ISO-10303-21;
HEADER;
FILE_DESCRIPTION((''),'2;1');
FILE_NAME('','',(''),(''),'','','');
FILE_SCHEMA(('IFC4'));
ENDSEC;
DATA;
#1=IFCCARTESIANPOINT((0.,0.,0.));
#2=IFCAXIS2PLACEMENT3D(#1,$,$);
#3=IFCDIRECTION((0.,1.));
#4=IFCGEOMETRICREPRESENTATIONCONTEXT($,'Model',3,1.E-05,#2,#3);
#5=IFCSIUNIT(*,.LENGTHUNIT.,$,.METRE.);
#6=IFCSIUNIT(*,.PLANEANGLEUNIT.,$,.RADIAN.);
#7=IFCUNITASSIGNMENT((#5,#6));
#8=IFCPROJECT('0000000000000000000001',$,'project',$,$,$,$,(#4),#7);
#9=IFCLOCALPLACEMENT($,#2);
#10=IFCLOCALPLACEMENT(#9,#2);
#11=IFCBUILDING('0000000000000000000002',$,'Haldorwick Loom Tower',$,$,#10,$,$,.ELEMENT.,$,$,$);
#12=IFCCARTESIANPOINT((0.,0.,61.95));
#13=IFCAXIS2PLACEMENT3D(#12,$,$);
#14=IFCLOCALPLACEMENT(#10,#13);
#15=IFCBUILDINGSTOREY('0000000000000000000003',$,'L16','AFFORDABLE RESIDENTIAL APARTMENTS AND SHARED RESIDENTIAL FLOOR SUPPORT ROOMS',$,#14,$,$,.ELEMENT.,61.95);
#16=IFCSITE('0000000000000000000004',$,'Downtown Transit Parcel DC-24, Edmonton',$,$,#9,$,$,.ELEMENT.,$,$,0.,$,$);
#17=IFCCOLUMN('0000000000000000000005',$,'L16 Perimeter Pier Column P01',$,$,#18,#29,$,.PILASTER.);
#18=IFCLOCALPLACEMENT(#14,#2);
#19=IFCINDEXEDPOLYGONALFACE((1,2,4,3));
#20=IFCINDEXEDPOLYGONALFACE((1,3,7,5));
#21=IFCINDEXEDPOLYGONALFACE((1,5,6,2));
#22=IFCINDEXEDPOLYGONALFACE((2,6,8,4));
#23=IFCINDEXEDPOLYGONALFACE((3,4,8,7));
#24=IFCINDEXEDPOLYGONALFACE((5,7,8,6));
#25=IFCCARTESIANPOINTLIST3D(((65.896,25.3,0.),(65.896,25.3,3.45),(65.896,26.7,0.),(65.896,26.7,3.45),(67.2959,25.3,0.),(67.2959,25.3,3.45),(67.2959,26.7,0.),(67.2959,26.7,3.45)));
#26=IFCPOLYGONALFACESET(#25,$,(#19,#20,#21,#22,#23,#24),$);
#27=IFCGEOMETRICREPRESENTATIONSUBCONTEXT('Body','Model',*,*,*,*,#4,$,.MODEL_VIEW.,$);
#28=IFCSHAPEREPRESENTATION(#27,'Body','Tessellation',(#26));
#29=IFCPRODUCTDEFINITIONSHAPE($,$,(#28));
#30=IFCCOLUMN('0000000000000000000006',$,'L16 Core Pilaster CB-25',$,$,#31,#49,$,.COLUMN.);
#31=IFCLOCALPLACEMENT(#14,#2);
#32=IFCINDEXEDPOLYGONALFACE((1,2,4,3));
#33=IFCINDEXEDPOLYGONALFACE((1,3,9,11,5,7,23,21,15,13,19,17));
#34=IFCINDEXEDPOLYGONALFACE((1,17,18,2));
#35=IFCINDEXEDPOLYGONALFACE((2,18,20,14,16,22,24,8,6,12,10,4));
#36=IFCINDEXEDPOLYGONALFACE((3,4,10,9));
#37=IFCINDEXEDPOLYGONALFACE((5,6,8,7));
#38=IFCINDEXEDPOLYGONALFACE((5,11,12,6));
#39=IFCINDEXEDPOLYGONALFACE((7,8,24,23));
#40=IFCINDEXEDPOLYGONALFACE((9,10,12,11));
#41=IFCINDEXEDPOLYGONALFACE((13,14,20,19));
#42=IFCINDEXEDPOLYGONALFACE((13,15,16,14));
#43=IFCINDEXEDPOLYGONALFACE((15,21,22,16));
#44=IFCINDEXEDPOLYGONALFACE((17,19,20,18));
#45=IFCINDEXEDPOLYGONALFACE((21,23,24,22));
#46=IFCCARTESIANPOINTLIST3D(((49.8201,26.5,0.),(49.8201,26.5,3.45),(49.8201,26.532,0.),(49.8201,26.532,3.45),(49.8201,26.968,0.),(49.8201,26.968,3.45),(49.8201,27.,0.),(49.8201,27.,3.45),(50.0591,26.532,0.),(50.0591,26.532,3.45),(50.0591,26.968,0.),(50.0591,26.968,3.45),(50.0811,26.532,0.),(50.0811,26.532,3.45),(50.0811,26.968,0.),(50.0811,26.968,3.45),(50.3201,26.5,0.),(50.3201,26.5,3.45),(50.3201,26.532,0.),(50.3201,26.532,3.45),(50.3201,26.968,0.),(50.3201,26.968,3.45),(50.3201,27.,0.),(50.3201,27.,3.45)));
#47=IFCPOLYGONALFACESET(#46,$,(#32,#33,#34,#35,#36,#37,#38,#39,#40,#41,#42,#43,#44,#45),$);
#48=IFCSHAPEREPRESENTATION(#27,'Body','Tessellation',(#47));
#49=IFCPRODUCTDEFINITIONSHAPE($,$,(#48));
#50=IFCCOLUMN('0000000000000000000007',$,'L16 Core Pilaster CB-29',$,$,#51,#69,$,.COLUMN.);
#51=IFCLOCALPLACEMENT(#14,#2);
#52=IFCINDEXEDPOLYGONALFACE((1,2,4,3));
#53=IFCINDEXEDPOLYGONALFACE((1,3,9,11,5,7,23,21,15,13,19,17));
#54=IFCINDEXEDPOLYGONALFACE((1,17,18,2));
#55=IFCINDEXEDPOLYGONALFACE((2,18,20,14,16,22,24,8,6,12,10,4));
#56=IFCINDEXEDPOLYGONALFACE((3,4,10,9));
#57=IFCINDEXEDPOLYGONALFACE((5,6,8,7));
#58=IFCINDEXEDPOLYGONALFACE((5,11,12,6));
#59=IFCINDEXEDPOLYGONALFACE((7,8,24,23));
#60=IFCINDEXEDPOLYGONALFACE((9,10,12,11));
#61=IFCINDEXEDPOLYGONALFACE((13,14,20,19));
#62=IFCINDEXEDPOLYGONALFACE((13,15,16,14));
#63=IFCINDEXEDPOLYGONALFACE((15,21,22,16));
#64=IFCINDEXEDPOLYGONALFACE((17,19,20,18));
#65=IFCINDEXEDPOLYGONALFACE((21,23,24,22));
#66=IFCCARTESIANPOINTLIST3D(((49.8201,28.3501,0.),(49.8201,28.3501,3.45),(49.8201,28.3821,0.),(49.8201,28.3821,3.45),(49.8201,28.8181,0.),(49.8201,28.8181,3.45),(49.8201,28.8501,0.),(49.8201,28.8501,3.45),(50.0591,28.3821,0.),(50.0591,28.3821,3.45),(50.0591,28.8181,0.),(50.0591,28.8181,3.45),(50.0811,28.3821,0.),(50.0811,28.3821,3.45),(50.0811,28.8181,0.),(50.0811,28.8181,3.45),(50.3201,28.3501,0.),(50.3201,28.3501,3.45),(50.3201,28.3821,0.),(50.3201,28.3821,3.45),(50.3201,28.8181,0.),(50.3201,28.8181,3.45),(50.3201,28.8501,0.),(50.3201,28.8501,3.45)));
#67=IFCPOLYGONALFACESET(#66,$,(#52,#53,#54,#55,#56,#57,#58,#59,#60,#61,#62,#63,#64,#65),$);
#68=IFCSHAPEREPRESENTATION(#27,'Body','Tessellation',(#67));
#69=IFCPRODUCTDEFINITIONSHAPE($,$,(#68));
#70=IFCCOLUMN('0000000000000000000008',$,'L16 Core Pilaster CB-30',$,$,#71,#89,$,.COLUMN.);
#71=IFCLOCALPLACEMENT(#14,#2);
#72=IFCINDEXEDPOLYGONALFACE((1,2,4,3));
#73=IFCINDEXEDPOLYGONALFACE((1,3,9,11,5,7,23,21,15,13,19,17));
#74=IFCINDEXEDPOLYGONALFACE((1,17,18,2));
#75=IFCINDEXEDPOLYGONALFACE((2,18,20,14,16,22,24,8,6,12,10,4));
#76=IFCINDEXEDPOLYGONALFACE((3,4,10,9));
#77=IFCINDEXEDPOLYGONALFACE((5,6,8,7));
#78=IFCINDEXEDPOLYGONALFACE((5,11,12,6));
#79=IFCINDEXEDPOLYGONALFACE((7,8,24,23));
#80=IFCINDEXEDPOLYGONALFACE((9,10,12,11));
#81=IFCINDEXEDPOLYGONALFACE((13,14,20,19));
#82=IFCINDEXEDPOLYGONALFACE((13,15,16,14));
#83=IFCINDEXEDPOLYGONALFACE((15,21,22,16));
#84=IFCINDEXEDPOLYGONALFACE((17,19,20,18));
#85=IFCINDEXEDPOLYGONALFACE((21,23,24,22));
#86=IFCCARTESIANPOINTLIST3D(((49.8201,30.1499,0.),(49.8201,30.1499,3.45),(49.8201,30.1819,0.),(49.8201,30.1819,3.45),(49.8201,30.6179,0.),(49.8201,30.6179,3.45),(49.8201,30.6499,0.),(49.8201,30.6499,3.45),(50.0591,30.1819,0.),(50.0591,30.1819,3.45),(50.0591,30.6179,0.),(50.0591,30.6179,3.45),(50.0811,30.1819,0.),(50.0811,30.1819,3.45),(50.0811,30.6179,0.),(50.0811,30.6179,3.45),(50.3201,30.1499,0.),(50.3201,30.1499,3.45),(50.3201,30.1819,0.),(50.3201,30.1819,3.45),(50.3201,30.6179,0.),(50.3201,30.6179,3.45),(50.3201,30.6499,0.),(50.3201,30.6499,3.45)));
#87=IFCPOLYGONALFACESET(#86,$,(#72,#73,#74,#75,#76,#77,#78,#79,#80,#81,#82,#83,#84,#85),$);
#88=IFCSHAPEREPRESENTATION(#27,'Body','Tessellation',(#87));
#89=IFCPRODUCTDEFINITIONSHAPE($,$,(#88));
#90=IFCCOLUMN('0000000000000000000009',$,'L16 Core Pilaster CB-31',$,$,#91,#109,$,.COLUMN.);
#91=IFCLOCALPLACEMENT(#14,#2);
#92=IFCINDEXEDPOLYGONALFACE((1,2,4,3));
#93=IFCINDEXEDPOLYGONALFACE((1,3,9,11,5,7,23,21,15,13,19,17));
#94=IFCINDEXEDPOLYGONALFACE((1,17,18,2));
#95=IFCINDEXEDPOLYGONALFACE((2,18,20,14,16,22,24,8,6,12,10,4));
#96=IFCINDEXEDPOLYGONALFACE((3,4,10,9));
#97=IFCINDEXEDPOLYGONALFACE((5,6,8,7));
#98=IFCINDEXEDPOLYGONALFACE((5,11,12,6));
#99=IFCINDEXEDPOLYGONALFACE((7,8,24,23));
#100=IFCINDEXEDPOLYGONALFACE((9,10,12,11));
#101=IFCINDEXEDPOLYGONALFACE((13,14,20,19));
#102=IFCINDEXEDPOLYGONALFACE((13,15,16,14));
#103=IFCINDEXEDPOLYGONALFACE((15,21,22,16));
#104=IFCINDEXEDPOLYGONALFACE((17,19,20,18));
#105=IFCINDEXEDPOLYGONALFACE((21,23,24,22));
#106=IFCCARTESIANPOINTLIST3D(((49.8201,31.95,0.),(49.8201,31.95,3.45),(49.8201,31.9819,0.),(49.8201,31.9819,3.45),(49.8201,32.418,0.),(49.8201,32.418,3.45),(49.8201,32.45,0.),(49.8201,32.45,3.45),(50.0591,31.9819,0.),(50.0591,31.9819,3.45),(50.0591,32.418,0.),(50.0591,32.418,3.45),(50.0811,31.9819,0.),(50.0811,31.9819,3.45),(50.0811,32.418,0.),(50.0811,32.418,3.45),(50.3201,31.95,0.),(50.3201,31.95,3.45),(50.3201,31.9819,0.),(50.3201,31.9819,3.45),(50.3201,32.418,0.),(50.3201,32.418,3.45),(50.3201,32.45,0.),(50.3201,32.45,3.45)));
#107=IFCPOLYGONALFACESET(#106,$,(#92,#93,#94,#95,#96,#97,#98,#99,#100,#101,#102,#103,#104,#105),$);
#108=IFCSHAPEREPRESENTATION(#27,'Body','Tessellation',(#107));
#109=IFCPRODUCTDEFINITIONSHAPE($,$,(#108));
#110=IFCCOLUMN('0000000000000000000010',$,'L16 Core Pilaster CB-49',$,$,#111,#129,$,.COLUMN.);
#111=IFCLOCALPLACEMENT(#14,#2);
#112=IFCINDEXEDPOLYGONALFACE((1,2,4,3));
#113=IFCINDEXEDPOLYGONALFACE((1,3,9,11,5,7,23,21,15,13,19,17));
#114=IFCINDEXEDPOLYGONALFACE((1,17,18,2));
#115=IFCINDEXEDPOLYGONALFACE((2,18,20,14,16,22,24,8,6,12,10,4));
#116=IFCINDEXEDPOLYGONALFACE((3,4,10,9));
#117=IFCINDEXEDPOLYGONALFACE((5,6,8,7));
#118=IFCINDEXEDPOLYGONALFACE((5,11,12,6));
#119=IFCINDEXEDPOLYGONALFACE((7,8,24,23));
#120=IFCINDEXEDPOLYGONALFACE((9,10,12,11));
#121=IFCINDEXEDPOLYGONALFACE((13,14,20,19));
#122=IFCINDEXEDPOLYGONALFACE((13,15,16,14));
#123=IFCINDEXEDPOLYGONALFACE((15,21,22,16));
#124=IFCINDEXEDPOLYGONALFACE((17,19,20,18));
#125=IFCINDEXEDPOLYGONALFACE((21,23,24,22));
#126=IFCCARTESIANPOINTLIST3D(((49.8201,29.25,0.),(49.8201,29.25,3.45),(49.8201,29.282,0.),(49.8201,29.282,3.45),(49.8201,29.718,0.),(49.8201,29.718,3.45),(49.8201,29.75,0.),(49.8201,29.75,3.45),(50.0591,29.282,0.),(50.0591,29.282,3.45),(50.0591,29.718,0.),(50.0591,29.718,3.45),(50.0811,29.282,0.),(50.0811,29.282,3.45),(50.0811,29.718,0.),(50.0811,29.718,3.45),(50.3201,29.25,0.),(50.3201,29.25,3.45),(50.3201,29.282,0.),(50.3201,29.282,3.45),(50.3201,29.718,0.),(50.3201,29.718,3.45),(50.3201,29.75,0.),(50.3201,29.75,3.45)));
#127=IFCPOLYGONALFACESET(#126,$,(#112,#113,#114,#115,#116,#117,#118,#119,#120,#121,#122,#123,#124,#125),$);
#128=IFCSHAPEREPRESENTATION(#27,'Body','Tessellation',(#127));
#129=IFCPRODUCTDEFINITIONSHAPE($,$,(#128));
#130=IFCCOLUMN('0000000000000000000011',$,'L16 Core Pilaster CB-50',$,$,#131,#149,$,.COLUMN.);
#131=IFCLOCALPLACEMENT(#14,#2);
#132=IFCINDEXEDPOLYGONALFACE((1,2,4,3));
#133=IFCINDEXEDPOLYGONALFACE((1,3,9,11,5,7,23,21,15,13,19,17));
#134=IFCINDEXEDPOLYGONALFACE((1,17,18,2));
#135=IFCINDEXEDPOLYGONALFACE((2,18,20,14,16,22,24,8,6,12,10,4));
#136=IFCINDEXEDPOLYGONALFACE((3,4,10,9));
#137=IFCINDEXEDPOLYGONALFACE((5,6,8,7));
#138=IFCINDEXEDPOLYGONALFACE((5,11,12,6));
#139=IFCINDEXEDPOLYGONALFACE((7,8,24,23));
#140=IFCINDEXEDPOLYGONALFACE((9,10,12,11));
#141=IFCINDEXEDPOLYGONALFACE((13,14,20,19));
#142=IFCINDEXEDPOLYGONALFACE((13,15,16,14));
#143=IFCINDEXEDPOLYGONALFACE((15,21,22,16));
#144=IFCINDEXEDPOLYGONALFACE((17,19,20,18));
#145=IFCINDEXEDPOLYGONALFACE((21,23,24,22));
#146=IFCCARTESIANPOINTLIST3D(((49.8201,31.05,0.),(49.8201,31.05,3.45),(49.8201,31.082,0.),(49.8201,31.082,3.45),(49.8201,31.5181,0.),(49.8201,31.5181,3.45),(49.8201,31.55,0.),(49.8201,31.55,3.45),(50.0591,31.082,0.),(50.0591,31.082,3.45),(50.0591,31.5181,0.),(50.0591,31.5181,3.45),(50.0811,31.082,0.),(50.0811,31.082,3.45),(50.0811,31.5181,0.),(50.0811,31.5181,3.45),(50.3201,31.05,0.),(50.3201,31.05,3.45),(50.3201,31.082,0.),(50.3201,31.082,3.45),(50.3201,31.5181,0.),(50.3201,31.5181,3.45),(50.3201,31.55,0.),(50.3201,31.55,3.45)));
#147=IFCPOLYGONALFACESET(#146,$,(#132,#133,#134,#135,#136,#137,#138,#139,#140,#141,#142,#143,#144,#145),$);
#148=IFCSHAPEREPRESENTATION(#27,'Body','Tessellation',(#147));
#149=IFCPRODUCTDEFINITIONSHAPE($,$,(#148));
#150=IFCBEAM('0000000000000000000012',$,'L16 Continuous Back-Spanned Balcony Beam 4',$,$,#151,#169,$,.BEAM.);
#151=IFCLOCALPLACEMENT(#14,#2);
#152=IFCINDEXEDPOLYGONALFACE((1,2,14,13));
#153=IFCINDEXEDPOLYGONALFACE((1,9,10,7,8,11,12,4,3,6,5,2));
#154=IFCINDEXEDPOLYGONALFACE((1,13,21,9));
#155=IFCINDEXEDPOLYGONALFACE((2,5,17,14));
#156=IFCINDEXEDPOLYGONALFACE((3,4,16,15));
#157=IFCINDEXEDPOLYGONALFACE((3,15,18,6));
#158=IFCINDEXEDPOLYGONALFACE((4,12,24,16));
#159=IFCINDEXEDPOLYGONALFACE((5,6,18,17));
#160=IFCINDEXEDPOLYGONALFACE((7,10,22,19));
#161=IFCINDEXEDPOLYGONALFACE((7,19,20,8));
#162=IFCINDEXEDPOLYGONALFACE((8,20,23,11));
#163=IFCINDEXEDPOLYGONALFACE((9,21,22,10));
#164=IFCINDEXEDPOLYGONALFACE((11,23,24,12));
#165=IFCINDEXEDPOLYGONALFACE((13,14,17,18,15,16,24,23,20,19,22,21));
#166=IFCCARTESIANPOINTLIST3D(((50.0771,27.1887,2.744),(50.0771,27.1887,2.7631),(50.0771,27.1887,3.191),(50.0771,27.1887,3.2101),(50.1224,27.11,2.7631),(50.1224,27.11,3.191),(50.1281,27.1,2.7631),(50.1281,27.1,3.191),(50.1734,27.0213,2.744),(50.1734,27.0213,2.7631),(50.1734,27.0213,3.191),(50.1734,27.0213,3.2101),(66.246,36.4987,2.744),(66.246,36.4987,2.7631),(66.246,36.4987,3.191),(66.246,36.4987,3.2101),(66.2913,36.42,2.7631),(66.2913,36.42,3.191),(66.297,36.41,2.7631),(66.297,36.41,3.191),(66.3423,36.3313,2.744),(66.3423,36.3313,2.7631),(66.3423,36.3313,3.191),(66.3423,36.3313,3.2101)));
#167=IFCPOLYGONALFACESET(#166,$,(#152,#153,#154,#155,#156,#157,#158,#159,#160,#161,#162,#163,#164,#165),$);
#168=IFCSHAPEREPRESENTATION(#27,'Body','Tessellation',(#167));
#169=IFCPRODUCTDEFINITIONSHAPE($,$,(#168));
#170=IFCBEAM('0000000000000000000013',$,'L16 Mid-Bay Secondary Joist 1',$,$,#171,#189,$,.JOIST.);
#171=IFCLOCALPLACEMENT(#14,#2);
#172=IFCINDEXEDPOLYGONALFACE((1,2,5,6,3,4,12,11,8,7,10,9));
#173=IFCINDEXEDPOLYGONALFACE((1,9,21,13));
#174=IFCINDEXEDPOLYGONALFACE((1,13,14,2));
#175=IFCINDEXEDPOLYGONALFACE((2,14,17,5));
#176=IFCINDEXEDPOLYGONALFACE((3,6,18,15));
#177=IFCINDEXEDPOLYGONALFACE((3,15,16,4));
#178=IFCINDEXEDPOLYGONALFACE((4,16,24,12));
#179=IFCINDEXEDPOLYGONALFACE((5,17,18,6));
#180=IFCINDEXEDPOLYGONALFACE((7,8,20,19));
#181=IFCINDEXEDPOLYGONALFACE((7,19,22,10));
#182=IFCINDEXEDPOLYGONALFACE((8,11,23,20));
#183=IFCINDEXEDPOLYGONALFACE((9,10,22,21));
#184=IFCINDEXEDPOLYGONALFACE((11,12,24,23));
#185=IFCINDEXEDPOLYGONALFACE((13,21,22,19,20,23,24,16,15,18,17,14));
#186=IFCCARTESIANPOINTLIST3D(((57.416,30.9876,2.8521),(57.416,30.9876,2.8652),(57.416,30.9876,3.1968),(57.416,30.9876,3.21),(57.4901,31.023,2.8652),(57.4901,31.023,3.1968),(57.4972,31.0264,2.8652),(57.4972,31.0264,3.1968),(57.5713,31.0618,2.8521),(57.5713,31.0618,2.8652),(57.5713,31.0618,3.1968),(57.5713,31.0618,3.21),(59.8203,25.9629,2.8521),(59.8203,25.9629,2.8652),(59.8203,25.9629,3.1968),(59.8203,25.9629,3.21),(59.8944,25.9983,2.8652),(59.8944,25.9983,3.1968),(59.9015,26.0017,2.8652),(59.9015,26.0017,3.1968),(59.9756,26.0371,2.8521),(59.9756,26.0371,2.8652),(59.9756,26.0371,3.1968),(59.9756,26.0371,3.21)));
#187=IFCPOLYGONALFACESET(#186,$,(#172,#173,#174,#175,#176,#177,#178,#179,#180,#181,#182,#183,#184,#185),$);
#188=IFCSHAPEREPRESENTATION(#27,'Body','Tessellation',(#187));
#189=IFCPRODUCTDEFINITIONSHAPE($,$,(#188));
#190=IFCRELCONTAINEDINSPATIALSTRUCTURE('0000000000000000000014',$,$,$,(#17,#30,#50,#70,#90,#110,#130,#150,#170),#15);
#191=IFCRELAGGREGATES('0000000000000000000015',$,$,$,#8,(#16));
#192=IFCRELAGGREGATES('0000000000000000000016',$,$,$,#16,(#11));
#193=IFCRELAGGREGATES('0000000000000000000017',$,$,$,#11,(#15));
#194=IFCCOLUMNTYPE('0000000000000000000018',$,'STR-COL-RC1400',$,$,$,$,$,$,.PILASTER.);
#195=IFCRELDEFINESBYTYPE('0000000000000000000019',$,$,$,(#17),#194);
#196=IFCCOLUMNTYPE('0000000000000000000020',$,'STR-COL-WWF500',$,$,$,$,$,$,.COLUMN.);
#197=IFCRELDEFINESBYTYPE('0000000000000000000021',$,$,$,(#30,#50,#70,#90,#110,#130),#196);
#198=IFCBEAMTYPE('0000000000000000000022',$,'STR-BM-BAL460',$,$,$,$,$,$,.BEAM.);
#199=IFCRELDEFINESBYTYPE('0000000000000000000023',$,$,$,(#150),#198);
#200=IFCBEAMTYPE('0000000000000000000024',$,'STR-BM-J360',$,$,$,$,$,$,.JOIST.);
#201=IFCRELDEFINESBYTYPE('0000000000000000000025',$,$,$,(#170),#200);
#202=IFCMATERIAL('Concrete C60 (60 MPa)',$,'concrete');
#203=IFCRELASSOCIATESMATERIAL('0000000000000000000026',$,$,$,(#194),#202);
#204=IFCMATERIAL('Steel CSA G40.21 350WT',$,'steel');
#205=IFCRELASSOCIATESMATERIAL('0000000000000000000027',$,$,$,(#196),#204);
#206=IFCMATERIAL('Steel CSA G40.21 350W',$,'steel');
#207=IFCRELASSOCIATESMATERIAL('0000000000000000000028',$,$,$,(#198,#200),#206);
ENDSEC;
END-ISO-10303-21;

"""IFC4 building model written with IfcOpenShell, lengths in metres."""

from ifc_helpers import new_model, si_unit, direction, frame, origin, origin_2d, place, context, subcontext, project, spatial, rectangle, i_section, extrude, material, material_profile, profile_set, type_object, element, save


model = new_model("IFC4")

# Units and contexts
model_context = context("Model", 3, precision=1e-05, world=origin(), true_north=direction((0.0, 1.0)))
body_context = subcontext(model_context, "Body", "Model", "MODEL_VIEW")
ifc_project = project(units=[si_unit("LENGTHUNIT", "METRE"), si_unit("PLANEANGLEUNIT", "RADIAN")], contexts=[model_context])

# Site, building, storey
site_placement = place(None, origin())
site = spatial("IfcSite", under=ifc_project, at=site_placement, Name="Downtown Transit Parcel DC-24, Edmonton", CompositionType="ELEMENT", RefElevation=0.0)
building_placement = place(site_placement, origin())
building = spatial("IfcBuilding", under=site, at=building_placement, Name="Haldorwick Loom Tower", CompositionType="ELEMENT")
storey_placement = place(building_placement, frame((0.0, 0.0, 61.95)))
storey = spatial("IfcBuildingStorey", under=building, at=storey_placement, Name="L16", Description="AFFORDABLE RESIDENTIAL APARTMENTS AND SHARED RESIDENTIAL FLOOR SUPPORT ROOMS", CompositionType="ELEMENT", Elevation=61.95)

# Columns
ifc_material_1 = material(Name="Concrete C60 (60 MPa)", Category="concrete")
ifc_material_profile_1 = material_profile(ifc_material_1, rectangle(XDim=1.3999, YDim=1.3999, at=origin_2d()), Name="RC1400X1400", Category="concrete")
ifc_profile_set_1 = profile_set([ifc_material_profile_1], Name="Concrete C60 (60 MPa)")
column_type_1 = type_object("IfcColumnType", Name="STR-COL-RC1400", PredefinedType="PILASTER", material=ifc_profile_set_1)
column_placement = place(storey_placement, frame((66.5959, 26.0, 0.0), z_axis=(0.0, 0.0, 1.0), x_axis=(1.0, 0.0, 0.0)))
element("IfcColumn", 1, at=column_placement, inside=storey, type_object=column_type_1, Name="L16 Perimeter Pier Column P01", PredefinedType="PILASTER", context=body_context, shape_type="SweptSolid", body=[
    extrude(rectangle(XDim=1.3999, YDim=1.3999, at=origin_2d()), origin(), (0.0, 0.0, 1.0), 3.45),
])
ifc_material_2 = material(Name="Steel CSA G40.21 350WT", Category="steel")
ifc_material_profile_2 = material_profile(ifc_material_2, i_section(OverallWidth=0.5, OverallDepth=0.5, WebThickness=0.022, FlangeThickness=0.032, at=origin_2d()), Name="WWF500X500", Category="steel")
ifc_profile_set_2 = profile_set([ifc_material_profile_2], Name="Steel CSA G40.21 350WT")
column_type_2 = type_object("IfcColumnType", Name="STR-COL-WWF500", PredefinedType="COLUMN", material=ifc_profile_set_2)
for number, where, z_axis, x_axis, name in (
    (2, (50.0701, 26.75, 0.0), (0.0, 0.0, 1.0), (1.0, 0.0, 0.0), "L16 Core Pilaster CB-25"),
    (3, (50.0701, 28.6001, 0.0), (0.0, 0.0, 1.0), (1.0, 0.0, 0.0), "L16 Core Pilaster CB-29"),
    (4, (50.0701, 30.3999, 0.0), (0.0, 0.0, 1.0), (1.0, 0.0, 0.0), "L16 Core Pilaster CB-30"),
    (5, (50.0701, 32.2, 0.0), (0.0, 0.0, 1.0), (1.0, 0.0, 0.0), "L16 Core Pilaster CB-31"),
    (6, (50.0701, 29.5, 0.0), (0.0, 0.0, 1.0), (1.0, 0.0, 0.0), "L16 Core Pilaster CB-49"),
    (7, (50.0701, 31.3, 0.0), (0.0, 0.0, 1.0), (1.0, 0.0, 0.0), "L16 Core Pilaster CB-50"),
):
    element("IfcColumn", number, at=place(storey_placement, frame(where, z_axis=z_axis, x_axis=x_axis)), inside=storey, type_object=column_type_2, Name=name, PredefinedType="COLUMN", context=body_context, shape_type="SweptSolid", body=[
        extrude(i_section(OverallWidth=0.5, OverallDepth=0.5, WebThickness=0.022, FlangeThickness=0.032, at=origin_2d()), origin(), (0.0, 0.0, 1.0), 3.45),
    ])

# Beams
ifc_material_3 = material(Name="Steel CSA G40.21 350W", Category="steel")
ifc_material_profile_3 = material_profile(ifc_material_3, i_section(OverallWidth=0.1931, OverallDepth=0.4661, WebThickness=0.0115, FlangeThickness=0.019, at=origin_2d()), Name="W460X97", Category="steel")
ifc_profile_set_3 = profile_set([ifc_material_profile_3], Name="Steel CSA G40.21 350W")
beam_type_1 = type_object("IfcBeamType", Name="STR-BM-BAL460", PredefinedType="BEAM", material=ifc_profile_set_3)
beam_1_placement = place(storey_placement, frame((50.1252, 27.105, 2.9771), z_axis=(0.866607, 0.498991, 0.0), x_axis=(-0.498991, 0.866607, 0.0)))
element("IfcBeam", 8, at=beam_1_placement, inside=storey, type_object=beam_type_1, Name="L16 Continuous Back-Spanned Balcony Beam 4", PredefinedType="BEAM", context=body_context, shape_type="SweptSolid", body=[
    extrude(i_section(OverallWidth=0.1931, OverallDepth=0.4661, WebThickness=0.0115, FlangeThickness=0.019, at=origin_2d()), origin(), (0.0, 0.0, 1.0), 18.6577),
])
ifc_material_profile_4 = material_profile(ifc_material_3, i_section(OverallWidth=0.1721, OverallDepth=0.3579, WebThickness=0.0078, FlangeThickness=0.0132, at=origin_2d()), Name="W360X57", Category="steel")
ifc_profile_set_4 = profile_set([ifc_material_profile_4], Name="Steel CSA G40.21 350W")
beam_type_2 = type_object("IfcBeamType", Name="STR-BM-J360", PredefinedType="JOIST", material=ifc_profile_set_4)
beam_2_placement = place(storey_placement, frame((59.8979, 26.0, 3.031), z_axis=(-0.431631, 0.90205, 0.0), x_axis=(-0.90205, -0.431631, 0.0)))
element("IfcBeam", 9, at=beam_2_placement, inside=storey, type_object=beam_type_2, Name="L16 Mid-Bay Secondary Joist 1", PredefinedType="JOIST", context=body_context, shape_type="SweptSolid", body=[
    extrude(i_section(OverallWidth=0.1721, OverallDepth=0.3579, WebThickness=0.0078, FlangeThickness=0.0132, at=origin_2d()), origin(), (0.0, 0.0, 1.0), 5.5703),
])

save(model, "model.ifc")
